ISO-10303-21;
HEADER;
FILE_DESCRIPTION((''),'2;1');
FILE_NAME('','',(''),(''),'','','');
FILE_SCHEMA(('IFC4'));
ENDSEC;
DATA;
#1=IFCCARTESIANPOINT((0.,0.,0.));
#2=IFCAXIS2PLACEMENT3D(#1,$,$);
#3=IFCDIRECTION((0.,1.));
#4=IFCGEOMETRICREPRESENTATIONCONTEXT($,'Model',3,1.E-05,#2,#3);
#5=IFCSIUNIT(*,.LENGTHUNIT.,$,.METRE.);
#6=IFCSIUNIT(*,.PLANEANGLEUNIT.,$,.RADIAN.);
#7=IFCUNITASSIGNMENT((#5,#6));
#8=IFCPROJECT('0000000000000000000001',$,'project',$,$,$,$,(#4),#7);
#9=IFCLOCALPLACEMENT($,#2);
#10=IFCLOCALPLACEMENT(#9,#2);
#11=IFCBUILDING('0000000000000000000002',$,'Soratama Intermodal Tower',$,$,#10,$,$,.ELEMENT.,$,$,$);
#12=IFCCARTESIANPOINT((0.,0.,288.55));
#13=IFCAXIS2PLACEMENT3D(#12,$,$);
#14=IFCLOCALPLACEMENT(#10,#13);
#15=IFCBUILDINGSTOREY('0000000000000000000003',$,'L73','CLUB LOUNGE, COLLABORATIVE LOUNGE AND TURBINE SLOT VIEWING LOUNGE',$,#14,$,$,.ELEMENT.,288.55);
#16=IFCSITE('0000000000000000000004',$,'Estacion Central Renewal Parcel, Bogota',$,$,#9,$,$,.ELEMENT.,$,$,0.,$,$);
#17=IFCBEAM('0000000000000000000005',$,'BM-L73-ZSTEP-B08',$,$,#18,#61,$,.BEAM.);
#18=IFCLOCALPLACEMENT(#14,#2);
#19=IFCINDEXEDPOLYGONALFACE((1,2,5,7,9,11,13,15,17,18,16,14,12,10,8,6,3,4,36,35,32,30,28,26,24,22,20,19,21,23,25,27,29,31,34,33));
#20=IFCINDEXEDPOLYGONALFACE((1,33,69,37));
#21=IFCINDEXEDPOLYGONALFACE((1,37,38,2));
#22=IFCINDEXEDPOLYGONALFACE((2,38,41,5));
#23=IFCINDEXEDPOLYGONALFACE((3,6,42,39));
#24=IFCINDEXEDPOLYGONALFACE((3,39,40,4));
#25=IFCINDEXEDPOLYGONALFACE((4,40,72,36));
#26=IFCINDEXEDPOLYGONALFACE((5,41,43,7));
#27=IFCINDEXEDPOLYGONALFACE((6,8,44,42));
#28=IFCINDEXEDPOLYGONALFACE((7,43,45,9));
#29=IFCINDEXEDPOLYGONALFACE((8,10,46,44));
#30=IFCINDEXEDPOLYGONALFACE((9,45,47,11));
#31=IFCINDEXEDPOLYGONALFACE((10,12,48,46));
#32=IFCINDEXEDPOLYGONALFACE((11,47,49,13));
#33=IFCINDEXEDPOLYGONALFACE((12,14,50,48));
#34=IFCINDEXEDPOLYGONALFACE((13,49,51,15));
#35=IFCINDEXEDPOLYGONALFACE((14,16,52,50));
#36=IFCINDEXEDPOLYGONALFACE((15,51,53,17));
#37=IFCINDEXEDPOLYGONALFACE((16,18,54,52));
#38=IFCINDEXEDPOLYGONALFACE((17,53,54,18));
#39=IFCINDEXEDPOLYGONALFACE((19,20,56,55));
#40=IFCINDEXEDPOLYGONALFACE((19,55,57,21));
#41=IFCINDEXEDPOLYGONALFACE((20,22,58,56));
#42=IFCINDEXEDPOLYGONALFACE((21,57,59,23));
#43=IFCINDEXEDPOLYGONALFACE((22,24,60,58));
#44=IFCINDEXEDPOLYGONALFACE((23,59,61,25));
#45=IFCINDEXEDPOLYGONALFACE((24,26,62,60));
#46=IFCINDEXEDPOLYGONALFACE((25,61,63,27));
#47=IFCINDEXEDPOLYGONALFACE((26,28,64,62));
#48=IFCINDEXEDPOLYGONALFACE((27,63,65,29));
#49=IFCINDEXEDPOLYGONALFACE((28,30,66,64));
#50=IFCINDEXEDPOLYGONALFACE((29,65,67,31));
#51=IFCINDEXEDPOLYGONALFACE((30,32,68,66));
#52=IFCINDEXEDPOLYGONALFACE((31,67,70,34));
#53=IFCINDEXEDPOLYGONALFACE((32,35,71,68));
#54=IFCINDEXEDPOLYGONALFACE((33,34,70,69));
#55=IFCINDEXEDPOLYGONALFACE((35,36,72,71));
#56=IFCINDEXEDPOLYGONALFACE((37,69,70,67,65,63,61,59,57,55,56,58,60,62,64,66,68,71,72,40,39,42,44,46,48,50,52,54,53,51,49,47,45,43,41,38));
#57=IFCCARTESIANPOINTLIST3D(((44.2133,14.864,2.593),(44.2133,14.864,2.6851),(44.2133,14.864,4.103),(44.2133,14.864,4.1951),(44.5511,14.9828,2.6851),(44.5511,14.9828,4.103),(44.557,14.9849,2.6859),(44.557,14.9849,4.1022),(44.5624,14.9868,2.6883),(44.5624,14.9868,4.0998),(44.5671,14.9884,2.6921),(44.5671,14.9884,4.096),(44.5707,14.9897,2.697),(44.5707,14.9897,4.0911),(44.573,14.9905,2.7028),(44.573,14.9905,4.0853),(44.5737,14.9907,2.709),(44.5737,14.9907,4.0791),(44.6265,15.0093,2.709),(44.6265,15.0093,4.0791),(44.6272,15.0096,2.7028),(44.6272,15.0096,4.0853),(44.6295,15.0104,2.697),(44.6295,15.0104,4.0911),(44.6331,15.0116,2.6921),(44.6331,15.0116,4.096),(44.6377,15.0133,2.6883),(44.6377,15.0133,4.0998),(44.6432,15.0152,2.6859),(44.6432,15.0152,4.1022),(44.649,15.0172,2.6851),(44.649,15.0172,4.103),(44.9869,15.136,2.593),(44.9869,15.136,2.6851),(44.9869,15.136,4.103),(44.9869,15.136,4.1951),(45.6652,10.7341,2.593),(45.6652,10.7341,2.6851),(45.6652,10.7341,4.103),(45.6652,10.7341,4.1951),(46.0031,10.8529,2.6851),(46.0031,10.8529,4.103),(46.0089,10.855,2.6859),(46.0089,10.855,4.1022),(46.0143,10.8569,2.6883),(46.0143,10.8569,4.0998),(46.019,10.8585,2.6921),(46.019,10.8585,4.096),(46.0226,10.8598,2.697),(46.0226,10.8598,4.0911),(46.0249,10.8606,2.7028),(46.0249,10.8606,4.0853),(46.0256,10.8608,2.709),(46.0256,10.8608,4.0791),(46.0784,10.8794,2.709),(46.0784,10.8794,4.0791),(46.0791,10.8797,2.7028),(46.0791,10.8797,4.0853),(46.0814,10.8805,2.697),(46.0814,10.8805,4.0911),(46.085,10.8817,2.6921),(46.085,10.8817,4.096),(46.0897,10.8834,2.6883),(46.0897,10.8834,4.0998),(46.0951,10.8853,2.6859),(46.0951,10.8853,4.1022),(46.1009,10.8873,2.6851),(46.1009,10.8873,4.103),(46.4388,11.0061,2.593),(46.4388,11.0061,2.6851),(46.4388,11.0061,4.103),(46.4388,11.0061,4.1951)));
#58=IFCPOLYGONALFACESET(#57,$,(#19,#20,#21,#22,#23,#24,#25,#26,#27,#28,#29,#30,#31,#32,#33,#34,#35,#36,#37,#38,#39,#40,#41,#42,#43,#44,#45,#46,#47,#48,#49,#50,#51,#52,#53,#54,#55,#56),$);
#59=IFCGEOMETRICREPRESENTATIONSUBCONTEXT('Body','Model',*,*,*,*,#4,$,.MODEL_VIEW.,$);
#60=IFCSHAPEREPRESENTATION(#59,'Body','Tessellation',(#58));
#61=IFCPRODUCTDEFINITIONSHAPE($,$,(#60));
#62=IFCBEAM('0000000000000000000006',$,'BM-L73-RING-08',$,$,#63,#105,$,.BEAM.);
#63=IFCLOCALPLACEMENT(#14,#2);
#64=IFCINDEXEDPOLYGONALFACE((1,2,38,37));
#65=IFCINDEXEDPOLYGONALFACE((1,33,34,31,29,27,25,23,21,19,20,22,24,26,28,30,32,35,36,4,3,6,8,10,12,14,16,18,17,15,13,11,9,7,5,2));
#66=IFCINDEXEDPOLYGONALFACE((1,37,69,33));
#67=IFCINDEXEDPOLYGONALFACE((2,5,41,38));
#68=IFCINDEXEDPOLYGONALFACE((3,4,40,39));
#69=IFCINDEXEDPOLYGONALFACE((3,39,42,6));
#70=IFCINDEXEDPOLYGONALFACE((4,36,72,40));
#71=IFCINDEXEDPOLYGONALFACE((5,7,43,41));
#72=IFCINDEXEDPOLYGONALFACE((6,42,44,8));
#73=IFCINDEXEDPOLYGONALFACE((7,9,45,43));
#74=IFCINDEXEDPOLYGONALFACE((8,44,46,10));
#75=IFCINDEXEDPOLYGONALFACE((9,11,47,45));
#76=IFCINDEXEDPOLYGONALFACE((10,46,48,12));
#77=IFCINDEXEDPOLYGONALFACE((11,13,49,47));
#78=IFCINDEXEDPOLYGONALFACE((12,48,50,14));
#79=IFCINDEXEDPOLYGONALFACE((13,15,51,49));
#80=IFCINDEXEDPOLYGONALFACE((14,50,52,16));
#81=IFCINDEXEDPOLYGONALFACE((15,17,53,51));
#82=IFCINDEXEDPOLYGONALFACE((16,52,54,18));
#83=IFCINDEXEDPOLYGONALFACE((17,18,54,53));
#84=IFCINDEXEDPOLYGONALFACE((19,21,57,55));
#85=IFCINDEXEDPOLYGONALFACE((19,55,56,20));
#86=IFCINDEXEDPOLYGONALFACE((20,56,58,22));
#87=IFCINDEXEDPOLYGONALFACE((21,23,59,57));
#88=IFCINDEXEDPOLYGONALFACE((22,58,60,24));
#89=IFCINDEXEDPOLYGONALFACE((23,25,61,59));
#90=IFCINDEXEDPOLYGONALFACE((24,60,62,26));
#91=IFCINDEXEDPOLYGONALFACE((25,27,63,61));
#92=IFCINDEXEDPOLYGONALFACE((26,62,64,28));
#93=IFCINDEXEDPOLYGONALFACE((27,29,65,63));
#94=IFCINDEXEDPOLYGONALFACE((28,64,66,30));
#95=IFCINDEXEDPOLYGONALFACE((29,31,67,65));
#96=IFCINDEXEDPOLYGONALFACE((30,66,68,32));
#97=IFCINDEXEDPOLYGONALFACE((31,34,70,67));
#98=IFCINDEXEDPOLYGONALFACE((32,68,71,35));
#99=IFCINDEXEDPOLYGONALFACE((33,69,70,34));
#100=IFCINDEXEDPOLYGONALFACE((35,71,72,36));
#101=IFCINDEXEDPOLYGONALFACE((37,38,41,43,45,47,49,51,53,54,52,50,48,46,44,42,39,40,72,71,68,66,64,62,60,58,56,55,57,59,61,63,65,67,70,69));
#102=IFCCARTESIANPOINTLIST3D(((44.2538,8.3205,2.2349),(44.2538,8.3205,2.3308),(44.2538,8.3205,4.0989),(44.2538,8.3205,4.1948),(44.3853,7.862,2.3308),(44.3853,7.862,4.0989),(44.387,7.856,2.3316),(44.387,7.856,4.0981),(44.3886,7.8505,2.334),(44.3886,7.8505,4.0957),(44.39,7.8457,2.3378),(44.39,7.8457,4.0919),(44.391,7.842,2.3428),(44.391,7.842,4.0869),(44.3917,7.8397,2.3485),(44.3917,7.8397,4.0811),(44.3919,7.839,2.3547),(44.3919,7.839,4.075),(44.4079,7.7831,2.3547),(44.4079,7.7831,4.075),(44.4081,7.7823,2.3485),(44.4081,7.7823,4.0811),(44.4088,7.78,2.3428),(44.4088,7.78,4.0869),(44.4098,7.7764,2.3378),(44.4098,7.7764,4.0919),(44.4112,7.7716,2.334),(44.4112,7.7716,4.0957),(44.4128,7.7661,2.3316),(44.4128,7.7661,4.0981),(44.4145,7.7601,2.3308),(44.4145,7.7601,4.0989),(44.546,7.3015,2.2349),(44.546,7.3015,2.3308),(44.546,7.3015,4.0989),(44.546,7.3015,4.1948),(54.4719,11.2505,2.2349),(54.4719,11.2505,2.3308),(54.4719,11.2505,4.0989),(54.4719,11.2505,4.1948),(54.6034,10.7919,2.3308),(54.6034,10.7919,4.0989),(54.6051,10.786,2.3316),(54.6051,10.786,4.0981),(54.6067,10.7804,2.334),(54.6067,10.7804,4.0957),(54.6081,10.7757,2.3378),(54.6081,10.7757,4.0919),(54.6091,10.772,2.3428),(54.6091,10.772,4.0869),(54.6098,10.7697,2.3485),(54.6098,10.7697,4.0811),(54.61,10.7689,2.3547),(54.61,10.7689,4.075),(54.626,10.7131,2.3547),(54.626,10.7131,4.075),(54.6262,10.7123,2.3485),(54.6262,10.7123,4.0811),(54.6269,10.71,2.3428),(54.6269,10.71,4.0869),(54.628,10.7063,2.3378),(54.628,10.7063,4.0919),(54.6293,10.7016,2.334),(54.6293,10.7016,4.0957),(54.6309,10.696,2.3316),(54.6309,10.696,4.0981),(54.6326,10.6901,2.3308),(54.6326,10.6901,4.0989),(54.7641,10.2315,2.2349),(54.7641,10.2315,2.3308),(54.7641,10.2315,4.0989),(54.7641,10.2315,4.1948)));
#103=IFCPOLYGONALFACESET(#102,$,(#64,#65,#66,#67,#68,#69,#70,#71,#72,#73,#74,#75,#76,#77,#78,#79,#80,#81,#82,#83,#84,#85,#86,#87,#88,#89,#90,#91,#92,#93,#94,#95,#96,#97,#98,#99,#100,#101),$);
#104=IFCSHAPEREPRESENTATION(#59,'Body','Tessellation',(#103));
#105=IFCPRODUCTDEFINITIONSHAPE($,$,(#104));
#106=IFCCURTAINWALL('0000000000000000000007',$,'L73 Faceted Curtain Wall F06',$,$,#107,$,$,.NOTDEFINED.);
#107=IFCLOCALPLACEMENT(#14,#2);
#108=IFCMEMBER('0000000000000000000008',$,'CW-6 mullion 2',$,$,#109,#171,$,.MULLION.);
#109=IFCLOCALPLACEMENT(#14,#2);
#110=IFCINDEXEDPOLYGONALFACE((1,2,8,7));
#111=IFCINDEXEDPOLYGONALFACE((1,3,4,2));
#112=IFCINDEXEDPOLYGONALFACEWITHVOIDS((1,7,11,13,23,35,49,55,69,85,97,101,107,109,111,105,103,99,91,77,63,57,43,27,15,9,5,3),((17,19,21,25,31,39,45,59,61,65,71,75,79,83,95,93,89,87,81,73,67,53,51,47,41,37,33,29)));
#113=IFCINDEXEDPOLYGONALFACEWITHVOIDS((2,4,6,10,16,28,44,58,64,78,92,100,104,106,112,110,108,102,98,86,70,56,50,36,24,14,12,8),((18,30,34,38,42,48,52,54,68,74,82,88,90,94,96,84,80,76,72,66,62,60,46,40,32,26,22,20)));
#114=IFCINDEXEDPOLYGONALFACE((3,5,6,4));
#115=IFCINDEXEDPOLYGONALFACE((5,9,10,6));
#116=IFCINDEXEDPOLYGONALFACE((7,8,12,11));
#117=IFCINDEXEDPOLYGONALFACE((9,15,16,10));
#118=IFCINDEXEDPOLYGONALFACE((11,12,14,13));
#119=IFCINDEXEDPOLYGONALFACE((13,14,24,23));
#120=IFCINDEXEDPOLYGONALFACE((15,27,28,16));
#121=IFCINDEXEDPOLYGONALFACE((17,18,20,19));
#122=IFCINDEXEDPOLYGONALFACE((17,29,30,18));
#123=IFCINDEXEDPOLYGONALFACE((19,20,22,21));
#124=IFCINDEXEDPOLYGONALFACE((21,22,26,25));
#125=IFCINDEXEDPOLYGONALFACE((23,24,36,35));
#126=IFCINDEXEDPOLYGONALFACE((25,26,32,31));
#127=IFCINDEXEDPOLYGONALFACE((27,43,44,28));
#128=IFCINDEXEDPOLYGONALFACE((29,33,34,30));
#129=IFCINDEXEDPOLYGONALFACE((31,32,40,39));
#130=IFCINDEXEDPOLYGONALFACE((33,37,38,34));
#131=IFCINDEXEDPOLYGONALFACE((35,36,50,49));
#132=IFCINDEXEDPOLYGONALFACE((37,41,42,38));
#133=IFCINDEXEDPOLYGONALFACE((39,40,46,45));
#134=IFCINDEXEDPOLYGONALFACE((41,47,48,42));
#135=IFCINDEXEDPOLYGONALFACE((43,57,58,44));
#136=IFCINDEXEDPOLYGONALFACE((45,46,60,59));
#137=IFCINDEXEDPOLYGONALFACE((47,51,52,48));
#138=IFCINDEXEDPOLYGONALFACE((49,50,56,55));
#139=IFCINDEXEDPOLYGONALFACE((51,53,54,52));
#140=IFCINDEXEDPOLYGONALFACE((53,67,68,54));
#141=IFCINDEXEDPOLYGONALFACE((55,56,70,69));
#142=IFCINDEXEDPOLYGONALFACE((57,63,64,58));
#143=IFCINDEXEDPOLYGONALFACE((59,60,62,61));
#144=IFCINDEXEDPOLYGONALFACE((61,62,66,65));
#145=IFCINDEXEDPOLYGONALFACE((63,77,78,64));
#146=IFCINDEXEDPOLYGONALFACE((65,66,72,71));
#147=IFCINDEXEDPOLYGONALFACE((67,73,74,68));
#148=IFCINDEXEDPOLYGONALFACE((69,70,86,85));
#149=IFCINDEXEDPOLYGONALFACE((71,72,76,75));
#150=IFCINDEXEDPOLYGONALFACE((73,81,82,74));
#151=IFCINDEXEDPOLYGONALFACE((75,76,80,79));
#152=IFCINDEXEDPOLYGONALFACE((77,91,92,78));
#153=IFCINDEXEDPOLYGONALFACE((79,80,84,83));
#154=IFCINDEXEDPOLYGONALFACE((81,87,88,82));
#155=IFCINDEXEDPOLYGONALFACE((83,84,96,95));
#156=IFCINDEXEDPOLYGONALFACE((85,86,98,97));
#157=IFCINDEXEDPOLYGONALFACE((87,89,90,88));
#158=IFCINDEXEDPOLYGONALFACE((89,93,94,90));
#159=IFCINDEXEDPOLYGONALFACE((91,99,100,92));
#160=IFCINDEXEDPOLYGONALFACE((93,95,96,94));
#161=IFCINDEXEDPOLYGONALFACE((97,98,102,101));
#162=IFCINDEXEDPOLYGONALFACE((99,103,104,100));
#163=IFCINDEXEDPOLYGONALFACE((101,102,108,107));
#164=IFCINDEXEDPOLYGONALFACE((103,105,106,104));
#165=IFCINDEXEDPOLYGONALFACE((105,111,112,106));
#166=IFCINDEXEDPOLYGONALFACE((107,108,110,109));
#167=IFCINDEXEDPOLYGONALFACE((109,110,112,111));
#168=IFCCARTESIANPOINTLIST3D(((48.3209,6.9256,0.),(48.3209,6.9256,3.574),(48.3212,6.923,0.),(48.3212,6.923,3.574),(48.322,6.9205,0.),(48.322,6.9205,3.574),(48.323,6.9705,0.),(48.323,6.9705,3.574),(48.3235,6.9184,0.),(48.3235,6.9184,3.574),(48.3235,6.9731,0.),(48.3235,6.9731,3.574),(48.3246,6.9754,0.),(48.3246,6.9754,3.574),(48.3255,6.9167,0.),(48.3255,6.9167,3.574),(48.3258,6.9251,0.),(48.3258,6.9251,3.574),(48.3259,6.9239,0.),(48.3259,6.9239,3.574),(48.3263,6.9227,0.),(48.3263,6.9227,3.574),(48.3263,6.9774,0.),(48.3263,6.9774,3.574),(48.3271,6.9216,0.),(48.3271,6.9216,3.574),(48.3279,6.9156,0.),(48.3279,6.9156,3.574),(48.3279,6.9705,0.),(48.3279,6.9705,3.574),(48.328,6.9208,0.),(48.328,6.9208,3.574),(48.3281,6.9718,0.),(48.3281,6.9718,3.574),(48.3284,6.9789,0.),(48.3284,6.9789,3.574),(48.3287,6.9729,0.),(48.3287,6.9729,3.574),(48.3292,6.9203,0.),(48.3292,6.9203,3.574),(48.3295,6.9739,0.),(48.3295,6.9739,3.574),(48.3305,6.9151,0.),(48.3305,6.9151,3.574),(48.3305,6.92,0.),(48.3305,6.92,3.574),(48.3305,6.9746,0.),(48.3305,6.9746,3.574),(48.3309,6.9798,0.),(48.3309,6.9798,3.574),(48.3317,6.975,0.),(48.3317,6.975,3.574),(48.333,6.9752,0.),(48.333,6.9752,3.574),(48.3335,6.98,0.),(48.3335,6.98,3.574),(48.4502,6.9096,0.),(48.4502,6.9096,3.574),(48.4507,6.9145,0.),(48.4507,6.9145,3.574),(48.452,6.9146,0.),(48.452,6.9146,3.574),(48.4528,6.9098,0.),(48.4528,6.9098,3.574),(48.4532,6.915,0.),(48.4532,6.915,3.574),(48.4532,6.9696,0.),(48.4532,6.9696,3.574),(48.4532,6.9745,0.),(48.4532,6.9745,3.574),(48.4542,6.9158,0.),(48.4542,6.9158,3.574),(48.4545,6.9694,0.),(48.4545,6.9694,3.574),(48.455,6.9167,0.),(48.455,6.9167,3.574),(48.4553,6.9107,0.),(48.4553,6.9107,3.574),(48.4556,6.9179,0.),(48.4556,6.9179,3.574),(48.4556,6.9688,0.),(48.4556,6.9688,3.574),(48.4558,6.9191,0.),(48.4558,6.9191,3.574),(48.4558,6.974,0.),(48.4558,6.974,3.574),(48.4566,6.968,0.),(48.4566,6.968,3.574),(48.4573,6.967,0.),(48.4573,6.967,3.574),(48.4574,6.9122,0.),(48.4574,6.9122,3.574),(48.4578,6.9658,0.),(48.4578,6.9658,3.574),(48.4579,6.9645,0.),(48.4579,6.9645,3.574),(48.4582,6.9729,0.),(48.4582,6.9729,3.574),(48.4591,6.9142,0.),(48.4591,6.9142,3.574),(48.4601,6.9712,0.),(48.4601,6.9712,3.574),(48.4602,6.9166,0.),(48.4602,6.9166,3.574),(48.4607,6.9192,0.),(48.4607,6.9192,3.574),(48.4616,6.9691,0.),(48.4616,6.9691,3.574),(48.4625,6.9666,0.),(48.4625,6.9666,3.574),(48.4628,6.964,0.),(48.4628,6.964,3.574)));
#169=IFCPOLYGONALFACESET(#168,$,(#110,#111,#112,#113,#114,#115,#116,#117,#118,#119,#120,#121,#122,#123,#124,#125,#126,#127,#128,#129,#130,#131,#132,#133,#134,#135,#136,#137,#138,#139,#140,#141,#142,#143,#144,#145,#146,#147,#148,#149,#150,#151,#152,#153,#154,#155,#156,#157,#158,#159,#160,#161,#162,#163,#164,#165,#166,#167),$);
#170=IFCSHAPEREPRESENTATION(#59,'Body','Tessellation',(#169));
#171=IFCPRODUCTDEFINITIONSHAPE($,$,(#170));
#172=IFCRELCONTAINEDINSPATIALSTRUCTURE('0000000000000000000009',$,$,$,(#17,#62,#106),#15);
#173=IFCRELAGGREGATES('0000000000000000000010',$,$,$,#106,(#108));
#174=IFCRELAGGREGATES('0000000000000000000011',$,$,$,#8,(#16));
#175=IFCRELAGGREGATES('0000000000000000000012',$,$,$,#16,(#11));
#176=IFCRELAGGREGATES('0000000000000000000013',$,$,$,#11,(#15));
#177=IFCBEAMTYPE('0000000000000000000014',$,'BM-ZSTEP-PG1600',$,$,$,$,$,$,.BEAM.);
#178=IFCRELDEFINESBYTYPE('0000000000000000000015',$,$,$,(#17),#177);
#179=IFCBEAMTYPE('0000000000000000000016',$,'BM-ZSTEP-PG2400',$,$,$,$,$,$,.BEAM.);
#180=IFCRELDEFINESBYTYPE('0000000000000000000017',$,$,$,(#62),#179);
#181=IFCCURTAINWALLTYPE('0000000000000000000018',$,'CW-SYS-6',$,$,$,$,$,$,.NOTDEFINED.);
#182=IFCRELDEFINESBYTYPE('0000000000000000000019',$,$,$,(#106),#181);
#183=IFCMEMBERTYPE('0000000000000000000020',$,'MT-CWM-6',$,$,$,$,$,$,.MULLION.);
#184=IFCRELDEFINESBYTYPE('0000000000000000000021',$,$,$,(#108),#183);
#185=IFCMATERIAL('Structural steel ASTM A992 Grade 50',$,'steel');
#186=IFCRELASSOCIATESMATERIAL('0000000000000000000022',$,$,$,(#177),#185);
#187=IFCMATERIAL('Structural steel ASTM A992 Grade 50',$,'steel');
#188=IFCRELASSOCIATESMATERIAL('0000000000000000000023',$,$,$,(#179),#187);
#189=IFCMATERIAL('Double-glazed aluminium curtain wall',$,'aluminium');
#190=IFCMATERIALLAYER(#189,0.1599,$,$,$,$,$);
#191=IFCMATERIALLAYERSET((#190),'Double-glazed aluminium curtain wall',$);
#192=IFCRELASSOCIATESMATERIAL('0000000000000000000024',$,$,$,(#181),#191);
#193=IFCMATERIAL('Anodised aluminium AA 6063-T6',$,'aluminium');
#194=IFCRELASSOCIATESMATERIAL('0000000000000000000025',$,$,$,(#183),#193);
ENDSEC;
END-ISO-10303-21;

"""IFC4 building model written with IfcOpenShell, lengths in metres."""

from ifc_helpers import new_model, si_unit, direction, frame, origin, origin_2d, place, context, subcontext, project, spatial, hollow_rectangle, i_section, extrude, material, layer, layer_set, material_profile, profile_set, type_object, element, aggregate, save


model = new_model("IFC4")

# Units and contexts
model_context = context("Model", 3, precision=1e-05, world=origin(), true_north=direction((0.0, 1.0)))
body_context = subcontext(model_context, "Body", "Model", "MODEL_VIEW")
ifc_project = project(units=[si_unit("LENGTHUNIT", "METRE"), si_unit("PLANEANGLEUNIT", "RADIAN")], contexts=[model_context])

# Site, building, storey
site_placement = place(None, origin())
site = spatial("IfcSite", under=ifc_project, at=site_placement, Name="Estacion Central Renewal Parcel, Bogota", CompositionType="ELEMENT", RefElevation=0.0)
building_placement = place(site_placement, origin())
building = spatial("IfcBuilding", under=site, at=building_placement, Name="Soratama Intermodal Tower", CompositionType="ELEMENT")
storey_placement = place(building_placement, frame((0.0, 0.0, 288.55)))
storey = spatial("IfcBuildingStorey", under=building, at=storey_placement, Name="L73", Description="CLUB LOUNGE, COLLABORATIVE LOUNGE AND TURBINE SLOT VIEWING LOUNGE", CompositionType="ELEMENT", Elevation=288.55)

# Beams
ifc_material_1 = material(Name="Structural steel ASTM A992 Grade 50", Category="steel")
ifc_material_profile_1 = material_profile(ifc_material_1, i_section(OverallWidth=0.8201, OverallDepth=1.6021, WebThickness=0.0559, FlangeThickness=0.092, FilletRadius=0.0239, at=origin_2d()), Name="PG1600X650")
ifc_profile_set_1 = profile_set([ifc_material_profile_1], Name="Structural steel ASTM A992 Grade 50")
beam_type_1 = type_object("IfcBeamType", Name="BM-ZSTEP-PG1600", PredefinedType="BEAM", material=ifc_profile_set_1)
beam_1_placement = place(storey_placement, frame((46.052, 10.8701, 3.394), z_axis=(-0.331662, 0.943398, 0.0), x_axis=(-0.943398, -0.331662, 0.0)))
element("IfcBeam", 1, at=beam_1_placement, inside=storey, type_object=beam_type_1, Name="BM-L73-ZSTEP-B08", PredefinedType="BEAM", context=body_context, shape_type="SweptSolid", body=[
    extrude(i_section(OverallWidth=0.8201, OverallDepth=1.6021, WebThickness=0.0559, FlangeThickness=0.092, FilletRadius=0.0239, at=origin_2d()), origin(), (0.0, 0.0, 1.0), 4.3777),
])
ifc_material_2 = material(Name="Structural steel ASTM A992 Grade 50", Category="steel")
ifc_material_profile_2 = material_profile(ifc_material_2, i_section(OverallWidth=1.0601, OverallDepth=1.96, WebThickness=0.0581, FlangeThickness=0.0959, FilletRadius=0.0239, at=origin_2d()), Name="PG2400X900")
ifc_profile_set_2 = profile_set([ifc_material_profile_2], Name="Structural steel ASTM A992 Grade 50")
beam_type_2 = type_object("IfcBeamType", Name="BM-ZSTEP-PG2400", PredefinedType="BEAM", material=ifc_profile_set_2)
beam_2_placement = place(storey_placement, frame((44.3999, 7.811, 3.2148), z_axis=(0.961263, 0.275634, 0.0), x_axis=(-0.275634, 0.961263, 0.0)))
element("IfcBeam", 2, at=beam_2_placement, inside=storey, type_object=beam_type_2, Name="BM-L73-RING-08", PredefinedType="BEAM", context=body_context, shape_type="SweptSolid", body=[
    extrude(i_section(OverallWidth=1.0601, OverallDepth=1.96, WebThickness=0.0581, FlangeThickness=0.0959, FilletRadius=0.0239, at=origin_2d()), origin(), (0.0, 0.0, 1.0), 10.6299),
])

# Curtain wall, member
ifc_material_3 = material(Name="Double-glazed aluminium curtain wall", Category="aluminium")
ifc_layer_1 = layer(ifc_material_3, 0.1599)
ifc_layer_set_1 = layer_set([ifc_layer_1], Name="Double-glazed aluminium curtain wall")
curtain_wall_type = type_object("IfcCurtainWallType", Name="CW-SYS-6", PredefinedType="NOTDEFINED", material=ifc_layer_set_1)
curtain_wall_1_placement = place(storey_placement, origin())
curtain_wall_1 = element("IfcCurtainWall", 3, at=curtain_wall_1_placement, inside=storey, type_object=curtain_wall_type, Name="L73 Faceted Curtain Wall F06", PredefinedType="NOTDEFINED")
ifc_material_4 = material(Name="Anodised aluminium AA 6063-T6", Category="aluminium")
ifc_material_profile_3 = material_profile(ifc_material_4, hollow_rectangle(XDim=0.0649, YDim=0.1399, WallThickness=0.0049, InnerFilletRadius=0.0049, OuterFilletRadius=0.01, at=origin_2d()), Name="CWM140X65X5")
ifc_profile_set_3 = profile_set([ifc_material_profile_3], Name="Anodised aluminium AA 6063-T6")
member_type = type_object("IfcMemberType", Name="MT-CWM-6", PredefinedType="MULLION", material=ifc_profile_set_3)
member_1_placement = place(storey_placement, frame((48.3918, 6.9448, 0.0), z_axis=(0.0, 0.0, 1.0), x_axis=(0.04606, 0.998939, 0.0)))
member_1 = element("IfcMember", 4, at=member_1_placement, type_object=member_type, Name="CW-6 mullion 2", PredefinedType="MULLION", context=body_context, shape_type="SweptSolid", body=[
    extrude(hollow_rectangle(XDim=0.0649, YDim=0.1399, WallThickness=0.0049, InnerFilletRadius=0.0049, OuterFilletRadius=0.01, at=origin_2d()), origin(), (0.0, 0.0, 1.0), 3.574),
])

aggregate(curtain_wall_1, [member_1])

save(model, "model.ifc")
